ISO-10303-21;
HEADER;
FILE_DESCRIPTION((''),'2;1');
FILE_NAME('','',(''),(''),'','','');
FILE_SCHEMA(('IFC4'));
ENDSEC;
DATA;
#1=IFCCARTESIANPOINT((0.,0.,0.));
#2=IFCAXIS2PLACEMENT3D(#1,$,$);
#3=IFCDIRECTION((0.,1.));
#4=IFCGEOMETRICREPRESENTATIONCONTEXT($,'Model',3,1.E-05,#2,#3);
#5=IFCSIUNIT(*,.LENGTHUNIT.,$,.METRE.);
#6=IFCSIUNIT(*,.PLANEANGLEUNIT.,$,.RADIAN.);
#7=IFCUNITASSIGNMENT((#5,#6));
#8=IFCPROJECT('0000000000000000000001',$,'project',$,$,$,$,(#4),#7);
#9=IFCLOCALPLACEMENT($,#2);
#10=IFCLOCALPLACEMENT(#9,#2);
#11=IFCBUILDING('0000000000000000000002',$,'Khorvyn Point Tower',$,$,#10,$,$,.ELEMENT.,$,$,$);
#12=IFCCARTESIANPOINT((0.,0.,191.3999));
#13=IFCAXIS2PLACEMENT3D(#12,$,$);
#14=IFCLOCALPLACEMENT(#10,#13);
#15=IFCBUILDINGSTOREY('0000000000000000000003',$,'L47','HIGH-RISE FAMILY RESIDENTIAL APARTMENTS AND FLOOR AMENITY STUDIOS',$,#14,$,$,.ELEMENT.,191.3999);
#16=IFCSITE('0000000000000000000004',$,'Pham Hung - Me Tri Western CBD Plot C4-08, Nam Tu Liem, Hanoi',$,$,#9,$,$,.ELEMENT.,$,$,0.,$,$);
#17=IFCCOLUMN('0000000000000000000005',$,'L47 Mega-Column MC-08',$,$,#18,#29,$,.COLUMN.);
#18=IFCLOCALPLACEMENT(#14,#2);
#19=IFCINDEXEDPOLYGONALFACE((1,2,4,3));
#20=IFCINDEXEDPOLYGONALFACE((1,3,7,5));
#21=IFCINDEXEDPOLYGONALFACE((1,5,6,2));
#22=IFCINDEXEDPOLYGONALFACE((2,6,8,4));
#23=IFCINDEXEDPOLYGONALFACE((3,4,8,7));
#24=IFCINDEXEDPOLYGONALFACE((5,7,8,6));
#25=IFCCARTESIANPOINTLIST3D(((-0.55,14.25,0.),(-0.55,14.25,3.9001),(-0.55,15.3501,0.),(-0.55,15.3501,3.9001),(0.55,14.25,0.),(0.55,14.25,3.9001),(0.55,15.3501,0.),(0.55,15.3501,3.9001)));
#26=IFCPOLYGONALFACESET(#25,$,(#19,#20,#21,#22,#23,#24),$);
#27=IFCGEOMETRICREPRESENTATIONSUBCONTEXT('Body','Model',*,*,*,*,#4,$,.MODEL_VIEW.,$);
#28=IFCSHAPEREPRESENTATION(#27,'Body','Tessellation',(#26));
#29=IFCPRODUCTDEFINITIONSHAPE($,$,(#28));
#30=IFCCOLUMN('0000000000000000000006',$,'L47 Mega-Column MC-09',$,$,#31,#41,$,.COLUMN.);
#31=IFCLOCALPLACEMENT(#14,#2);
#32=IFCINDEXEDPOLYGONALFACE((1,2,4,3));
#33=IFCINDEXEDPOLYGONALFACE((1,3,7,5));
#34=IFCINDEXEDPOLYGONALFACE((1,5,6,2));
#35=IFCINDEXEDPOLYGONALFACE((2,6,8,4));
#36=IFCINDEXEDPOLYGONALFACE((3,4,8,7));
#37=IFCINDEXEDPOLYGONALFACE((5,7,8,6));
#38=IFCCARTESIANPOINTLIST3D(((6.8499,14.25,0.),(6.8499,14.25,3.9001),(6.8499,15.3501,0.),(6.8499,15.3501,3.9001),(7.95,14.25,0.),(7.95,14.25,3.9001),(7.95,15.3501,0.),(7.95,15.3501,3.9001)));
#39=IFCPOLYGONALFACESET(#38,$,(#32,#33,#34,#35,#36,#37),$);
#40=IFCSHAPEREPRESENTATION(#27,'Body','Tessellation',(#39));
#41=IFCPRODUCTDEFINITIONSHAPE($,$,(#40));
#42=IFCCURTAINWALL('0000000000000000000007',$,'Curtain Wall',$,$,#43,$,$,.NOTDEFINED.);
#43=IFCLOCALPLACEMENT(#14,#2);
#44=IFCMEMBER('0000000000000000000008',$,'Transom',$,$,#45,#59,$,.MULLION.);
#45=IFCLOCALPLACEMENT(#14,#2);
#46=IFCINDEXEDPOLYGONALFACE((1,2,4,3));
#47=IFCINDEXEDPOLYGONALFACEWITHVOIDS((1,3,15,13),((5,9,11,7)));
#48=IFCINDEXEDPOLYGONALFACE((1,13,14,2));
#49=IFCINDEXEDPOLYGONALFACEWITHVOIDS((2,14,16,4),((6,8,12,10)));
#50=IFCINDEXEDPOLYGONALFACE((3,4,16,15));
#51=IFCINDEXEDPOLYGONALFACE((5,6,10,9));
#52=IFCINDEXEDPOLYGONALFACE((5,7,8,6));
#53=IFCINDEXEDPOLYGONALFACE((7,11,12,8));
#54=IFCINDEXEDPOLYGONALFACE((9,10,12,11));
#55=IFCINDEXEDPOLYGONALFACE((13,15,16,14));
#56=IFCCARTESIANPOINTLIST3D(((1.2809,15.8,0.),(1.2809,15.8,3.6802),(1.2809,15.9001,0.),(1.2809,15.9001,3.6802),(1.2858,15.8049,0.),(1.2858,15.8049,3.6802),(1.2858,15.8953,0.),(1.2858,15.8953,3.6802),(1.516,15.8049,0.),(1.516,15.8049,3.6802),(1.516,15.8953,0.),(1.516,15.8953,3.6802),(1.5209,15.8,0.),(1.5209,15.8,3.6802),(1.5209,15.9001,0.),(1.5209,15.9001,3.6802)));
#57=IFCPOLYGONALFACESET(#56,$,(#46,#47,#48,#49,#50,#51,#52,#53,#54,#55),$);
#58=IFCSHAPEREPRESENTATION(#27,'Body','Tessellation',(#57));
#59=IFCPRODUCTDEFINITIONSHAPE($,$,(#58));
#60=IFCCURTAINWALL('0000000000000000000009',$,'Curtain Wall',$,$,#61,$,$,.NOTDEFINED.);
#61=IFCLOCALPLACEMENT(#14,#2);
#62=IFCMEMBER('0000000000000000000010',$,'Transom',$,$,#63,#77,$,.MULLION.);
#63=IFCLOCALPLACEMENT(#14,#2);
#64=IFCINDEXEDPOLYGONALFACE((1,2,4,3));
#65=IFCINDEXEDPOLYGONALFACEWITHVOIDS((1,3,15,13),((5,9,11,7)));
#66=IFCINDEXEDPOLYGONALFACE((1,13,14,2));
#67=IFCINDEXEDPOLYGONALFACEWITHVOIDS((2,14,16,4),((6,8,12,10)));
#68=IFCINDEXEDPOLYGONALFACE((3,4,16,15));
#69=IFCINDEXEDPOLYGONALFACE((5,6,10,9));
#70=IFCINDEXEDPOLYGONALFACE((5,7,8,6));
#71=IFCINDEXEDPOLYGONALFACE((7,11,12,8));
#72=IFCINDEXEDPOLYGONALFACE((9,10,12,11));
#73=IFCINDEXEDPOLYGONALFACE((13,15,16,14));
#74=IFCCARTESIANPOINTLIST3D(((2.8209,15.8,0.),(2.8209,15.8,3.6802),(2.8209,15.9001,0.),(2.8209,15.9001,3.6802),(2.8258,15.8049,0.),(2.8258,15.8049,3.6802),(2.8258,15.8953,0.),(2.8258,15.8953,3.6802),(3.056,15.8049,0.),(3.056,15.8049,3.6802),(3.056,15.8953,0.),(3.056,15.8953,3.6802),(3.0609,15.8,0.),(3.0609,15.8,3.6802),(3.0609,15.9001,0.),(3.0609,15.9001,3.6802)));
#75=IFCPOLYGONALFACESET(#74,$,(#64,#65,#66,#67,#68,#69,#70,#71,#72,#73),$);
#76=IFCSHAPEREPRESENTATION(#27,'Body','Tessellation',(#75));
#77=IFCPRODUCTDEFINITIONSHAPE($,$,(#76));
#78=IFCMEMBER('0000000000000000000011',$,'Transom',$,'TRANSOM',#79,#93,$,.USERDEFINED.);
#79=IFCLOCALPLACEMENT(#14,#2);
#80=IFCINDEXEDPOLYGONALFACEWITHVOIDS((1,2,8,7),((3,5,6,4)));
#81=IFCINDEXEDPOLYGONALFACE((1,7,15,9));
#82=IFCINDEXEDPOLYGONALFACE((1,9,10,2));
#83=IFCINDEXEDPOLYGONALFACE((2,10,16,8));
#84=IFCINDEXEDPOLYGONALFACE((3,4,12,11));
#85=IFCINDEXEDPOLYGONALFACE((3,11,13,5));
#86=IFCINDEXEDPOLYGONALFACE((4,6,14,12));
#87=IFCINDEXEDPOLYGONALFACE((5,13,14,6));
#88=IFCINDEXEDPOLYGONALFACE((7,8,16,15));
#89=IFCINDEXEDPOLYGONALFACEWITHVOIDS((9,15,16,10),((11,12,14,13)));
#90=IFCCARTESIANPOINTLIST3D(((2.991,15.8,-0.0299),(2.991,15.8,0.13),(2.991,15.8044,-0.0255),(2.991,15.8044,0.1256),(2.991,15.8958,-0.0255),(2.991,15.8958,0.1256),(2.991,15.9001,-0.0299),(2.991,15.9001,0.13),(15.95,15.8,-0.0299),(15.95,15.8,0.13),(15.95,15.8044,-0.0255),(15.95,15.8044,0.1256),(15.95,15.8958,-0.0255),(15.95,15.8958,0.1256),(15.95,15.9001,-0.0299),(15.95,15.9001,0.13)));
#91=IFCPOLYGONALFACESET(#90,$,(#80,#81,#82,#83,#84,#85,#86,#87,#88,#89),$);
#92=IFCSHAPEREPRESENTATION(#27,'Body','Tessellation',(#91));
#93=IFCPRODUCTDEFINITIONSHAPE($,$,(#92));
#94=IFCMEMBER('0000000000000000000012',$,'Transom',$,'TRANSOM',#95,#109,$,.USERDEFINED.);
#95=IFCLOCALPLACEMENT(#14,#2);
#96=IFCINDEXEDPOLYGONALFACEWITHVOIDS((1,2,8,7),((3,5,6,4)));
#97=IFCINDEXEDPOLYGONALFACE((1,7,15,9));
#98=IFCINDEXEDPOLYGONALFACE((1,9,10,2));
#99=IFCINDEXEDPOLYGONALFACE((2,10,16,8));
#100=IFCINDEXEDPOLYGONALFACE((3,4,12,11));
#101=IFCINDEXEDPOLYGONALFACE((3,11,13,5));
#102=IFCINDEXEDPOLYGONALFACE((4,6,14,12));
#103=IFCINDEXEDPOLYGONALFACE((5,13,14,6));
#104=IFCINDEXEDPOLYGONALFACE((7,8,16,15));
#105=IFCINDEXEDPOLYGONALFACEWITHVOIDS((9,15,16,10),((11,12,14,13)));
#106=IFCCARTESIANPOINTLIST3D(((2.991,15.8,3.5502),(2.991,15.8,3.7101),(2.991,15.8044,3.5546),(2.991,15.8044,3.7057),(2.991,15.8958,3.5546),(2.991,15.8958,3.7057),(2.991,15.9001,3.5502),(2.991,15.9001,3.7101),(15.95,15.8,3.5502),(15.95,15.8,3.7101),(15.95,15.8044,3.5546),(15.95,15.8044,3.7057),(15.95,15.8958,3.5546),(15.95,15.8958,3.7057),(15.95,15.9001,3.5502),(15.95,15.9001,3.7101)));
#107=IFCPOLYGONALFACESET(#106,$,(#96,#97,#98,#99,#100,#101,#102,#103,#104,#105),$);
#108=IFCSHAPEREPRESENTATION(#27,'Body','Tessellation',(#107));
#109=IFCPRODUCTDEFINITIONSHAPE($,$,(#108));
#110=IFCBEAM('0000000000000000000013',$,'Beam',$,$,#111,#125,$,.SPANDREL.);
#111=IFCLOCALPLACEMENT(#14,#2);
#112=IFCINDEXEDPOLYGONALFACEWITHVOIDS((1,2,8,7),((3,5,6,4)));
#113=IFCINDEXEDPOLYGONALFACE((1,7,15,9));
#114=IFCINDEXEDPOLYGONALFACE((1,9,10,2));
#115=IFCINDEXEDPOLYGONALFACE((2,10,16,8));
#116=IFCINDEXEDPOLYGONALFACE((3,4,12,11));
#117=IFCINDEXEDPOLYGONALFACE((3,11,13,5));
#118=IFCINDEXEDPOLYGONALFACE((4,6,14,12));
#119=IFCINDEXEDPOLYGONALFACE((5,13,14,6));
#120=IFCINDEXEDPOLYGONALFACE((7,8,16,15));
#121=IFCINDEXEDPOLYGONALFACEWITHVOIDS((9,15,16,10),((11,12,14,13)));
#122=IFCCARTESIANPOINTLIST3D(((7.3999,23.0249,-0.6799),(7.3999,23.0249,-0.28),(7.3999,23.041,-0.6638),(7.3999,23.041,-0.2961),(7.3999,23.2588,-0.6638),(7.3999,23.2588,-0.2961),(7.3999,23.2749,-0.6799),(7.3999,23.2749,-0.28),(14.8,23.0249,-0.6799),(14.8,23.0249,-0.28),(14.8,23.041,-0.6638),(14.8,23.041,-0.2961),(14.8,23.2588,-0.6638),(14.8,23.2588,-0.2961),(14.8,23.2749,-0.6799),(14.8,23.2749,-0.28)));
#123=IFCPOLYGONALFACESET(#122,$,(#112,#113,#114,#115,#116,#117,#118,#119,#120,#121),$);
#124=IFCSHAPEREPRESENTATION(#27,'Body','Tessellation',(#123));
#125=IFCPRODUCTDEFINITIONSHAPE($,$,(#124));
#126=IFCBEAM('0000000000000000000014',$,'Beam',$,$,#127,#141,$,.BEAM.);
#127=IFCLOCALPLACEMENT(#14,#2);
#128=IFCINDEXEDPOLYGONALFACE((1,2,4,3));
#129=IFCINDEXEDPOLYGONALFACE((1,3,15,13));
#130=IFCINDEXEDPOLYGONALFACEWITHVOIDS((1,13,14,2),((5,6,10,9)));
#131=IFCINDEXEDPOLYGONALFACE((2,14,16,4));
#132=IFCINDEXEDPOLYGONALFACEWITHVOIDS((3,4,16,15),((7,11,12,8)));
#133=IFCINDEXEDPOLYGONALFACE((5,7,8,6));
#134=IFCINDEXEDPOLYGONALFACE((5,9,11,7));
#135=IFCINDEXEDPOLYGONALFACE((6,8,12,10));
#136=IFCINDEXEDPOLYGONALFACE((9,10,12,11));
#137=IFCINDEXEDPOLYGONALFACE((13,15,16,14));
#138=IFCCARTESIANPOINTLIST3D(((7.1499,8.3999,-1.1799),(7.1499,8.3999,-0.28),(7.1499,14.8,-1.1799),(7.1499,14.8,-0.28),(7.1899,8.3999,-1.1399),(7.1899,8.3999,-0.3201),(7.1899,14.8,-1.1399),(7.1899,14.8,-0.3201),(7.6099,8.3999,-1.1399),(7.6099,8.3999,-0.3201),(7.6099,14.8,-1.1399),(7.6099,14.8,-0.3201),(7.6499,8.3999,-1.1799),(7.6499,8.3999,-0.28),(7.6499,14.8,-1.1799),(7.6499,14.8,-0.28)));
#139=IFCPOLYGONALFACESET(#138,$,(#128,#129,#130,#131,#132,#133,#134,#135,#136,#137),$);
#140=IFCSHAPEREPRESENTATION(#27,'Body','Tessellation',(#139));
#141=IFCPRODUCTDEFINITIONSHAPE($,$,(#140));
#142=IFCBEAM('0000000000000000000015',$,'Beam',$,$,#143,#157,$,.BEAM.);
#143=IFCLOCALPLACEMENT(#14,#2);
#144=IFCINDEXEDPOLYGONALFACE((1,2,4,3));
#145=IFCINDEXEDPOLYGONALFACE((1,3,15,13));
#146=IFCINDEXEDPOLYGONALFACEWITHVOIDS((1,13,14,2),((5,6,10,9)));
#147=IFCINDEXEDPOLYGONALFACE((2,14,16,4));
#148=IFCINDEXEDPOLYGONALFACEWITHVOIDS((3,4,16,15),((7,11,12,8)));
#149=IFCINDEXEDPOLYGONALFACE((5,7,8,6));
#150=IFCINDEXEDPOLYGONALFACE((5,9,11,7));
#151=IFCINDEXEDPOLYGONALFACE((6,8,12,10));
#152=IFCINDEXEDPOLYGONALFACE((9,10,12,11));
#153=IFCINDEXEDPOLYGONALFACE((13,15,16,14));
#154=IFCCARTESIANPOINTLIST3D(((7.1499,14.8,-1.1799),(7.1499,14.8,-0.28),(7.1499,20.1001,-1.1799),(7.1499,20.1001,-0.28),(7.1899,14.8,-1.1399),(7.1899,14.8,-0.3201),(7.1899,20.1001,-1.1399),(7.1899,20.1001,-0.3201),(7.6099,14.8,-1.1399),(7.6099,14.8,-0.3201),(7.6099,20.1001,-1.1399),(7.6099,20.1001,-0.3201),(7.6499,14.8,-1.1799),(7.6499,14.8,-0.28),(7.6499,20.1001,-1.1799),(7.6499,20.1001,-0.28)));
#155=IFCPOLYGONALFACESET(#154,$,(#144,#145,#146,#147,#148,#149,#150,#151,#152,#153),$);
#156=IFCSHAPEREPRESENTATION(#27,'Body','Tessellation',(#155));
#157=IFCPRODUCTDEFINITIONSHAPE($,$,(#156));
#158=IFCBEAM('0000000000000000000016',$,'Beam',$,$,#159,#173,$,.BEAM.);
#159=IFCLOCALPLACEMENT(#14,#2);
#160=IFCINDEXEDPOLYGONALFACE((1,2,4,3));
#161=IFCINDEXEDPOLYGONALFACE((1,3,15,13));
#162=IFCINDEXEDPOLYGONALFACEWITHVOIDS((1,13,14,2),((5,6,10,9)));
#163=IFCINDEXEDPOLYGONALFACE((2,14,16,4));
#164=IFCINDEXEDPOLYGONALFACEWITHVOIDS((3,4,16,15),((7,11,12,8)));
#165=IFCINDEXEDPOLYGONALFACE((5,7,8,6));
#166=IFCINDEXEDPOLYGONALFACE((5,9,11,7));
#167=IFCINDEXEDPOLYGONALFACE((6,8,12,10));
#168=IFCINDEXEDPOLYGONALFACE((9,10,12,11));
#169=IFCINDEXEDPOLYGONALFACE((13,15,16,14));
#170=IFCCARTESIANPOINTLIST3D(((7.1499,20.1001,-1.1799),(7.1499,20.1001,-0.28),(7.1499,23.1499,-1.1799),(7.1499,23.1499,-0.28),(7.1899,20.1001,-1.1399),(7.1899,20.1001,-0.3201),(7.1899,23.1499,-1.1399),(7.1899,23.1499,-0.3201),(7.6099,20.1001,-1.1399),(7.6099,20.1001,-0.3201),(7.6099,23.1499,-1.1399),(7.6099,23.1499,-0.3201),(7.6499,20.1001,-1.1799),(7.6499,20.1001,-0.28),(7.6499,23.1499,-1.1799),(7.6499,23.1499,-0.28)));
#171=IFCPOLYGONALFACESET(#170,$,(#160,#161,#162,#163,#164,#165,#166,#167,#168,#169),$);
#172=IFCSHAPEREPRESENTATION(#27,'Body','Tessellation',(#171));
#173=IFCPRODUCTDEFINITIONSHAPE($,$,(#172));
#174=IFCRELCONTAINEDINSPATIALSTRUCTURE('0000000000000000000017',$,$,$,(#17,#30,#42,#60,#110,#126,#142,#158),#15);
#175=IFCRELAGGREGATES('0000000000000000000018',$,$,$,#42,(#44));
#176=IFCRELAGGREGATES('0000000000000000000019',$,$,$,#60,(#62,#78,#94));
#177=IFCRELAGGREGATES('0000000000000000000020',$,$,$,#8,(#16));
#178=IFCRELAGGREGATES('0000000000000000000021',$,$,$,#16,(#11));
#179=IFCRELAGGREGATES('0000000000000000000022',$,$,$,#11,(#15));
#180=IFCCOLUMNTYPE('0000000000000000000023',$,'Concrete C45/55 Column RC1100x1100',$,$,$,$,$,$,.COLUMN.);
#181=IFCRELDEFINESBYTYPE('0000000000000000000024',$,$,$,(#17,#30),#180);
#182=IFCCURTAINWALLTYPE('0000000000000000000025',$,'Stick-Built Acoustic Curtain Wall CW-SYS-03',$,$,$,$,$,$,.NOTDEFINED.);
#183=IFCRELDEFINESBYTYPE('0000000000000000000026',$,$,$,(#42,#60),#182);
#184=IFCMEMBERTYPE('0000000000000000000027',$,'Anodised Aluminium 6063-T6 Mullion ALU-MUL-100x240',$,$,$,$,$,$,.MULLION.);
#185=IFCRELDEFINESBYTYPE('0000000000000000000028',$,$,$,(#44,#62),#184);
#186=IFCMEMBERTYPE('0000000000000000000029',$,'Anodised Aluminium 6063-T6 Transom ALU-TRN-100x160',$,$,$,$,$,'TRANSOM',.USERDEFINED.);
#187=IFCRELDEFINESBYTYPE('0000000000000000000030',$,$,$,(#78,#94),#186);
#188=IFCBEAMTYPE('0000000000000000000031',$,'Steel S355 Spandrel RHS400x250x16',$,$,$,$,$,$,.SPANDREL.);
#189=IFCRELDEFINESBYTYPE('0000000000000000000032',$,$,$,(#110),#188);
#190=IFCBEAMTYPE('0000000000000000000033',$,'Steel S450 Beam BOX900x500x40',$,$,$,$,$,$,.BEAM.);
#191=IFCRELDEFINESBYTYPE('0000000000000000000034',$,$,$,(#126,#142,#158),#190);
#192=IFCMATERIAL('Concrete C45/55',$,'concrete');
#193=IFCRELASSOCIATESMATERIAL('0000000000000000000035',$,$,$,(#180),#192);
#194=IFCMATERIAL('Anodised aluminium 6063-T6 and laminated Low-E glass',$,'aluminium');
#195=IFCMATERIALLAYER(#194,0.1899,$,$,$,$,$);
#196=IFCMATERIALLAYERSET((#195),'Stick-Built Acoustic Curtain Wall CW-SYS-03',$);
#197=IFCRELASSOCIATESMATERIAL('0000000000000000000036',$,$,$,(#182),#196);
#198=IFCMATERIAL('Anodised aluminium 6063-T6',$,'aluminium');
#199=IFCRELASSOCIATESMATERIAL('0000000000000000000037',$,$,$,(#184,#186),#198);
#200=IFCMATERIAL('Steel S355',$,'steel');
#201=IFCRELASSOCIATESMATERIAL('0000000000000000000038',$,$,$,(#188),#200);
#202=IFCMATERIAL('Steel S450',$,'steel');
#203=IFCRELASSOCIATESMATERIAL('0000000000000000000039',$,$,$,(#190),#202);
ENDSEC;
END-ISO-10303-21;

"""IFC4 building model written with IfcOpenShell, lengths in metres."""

from ifc_helpers import new_model, si_unit, direction, frame, origin, origin_2d, place, context, subcontext, project, spatial, rectangle, hollow_rectangle, extrude, material, layer, layer_set, material_profile, profile_set, type_object, element, aggregate, save


model = new_model("IFC4")

# Units and contexts
model_context = context("Model", 3, precision=1e-05, world=origin(), true_north=direction((0.0, 1.0)))
body_context = subcontext(model_context, "Body", "Model", "MODEL_VIEW")
ifc_project = project(units=[si_unit("LENGTHUNIT", "METRE"), si_unit("PLANEANGLEUNIT", "RADIAN")], contexts=[model_context])

# Site, building, storey
site_placement = place(None, origin())
site = spatial("IfcSite", under=ifc_project, at=site_placement, Name="Pham Hung - Me Tri Western CBD Plot C4-08, Nam Tu Liem, Hanoi", CompositionType="ELEMENT", RefElevation=0.0)
building_placement = place(site_placement, origin())
building = spatial("IfcBuilding", under=site, at=building_placement, Name="Khorvyn Point Tower", CompositionType="ELEMENT")
storey_placement = place(building_placement, frame((0.0, 0.0, 191.3999)))
storey = spatial("IfcBuildingStorey", under=building, at=storey_placement, Name="L47", Description="HIGH-RISE FAMILY RESIDENTIAL APARTMENTS AND FLOOR AMENITY STUDIOS", CompositionType="ELEMENT", Elevation=191.3999)

# Columns
ifc_material_1 = material(Name="Concrete C45/55", Category="concrete")
ifc_material_profile_1 = material_profile(ifc_material_1, rectangle(XDim=1.1001, YDim=1.1001, at=origin_2d()))
ifc_profile_set_1 = profile_set([ifc_material_profile_1], Name="Concrete C45/55 RC1100x1100")
column_type = type_object("IfcColumnType", Name="Concrete C45/55 Column RC1100x1100", PredefinedType="COLUMN", material=ifc_profile_set_1)
for number, where, z_axis, x_axis, name in (
    (1, (0.0, 14.8, 0.0), (0.0, 0.0, 1.0), (1.0, 0.0, 0.0), "L47 Mega-Column MC-08"),
    (2, (7.3999, 14.8, 0.0), (0.0, 0.0, 1.0), (1.0, 0.0, 0.0), "L47 Mega-Column MC-09"),
):
    element("IfcColumn", number, at=place(storey_placement, frame(where, z_axis=z_axis, x_axis=x_axis)), inside=storey, type_object=column_type, Name=name, PredefinedType="COLUMN", context=body_context, shape_type="SweptSolid", body=[
        extrude(rectangle(XDim=1.1001, YDim=1.1001, at=origin_2d()), origin(), (0.0, 0.0, 1.0), 3.9001),
    ])

# Curtain wall, member
ifc_material_2 = material(Name="Anodised aluminium 6063-T6 and laminated Low-E glass", Category="aluminium")
ifc_layer_1 = layer(ifc_material_2, 0.1899)
ifc_layer_set_1 = layer_set([ifc_layer_1], Name="Stick-Built Acoustic Curtain Wall CW-SYS-03")
curtain_wall_type = type_object("IfcCurtainWallType", Name="Stick-Built Acoustic Curtain Wall CW-SYS-03", PredefinedType="NOTDEFINED", material=ifc_layer_set_1)
curtain_wall_1_placement = place(storey_placement, origin())
curtain_wall_1 = element("IfcCurtainWall", 3, at=curtain_wall_1_placement, inside=storey, type_object=curtain_wall_type, Name="Curtain Wall", PredefinedType="NOTDEFINED")
ifc_material_3 = material(Name="Anodised aluminium 6063-T6", Category="aluminium")
ifc_material_profile_2 = material_profile(ifc_material_3, hollow_rectangle(XDim=0.1001, YDim=0.24, WallThickness=0.0049, at=origin_2d()))
ifc_profile_set_2 = profile_set([ifc_material_profile_2], Name="Anodised aluminium 6063-T6 ALU-MUL-100x240")
member_type_1 = type_object("IfcMemberType", Name="Anodised Aluminium 6063-T6 Mullion ALU-MUL-100x240", PredefinedType="MULLION", material=ifc_profile_set_2)
member_1_placement = place(storey_placement, frame((1.4009, 15.8501, 0.0), z_axis=(0.0, 0.0, 1.0), x_axis=(0.0, 1.0, 0.0)))
member_1 = element("IfcMember", 4, at=member_1_placement, type_object=member_type_1, Name="Transom", PredefinedType="MULLION", context=body_context, shape_type="SweptSolid", body=[
    extrude(hollow_rectangle(XDim=0.1001, YDim=0.24, WallThickness=0.0049, at=origin_2d()), origin(), (0.0, 0.0, 1.0), 3.6802),
])
aggregate(curtain_wall_1, [member_1])

# Curtain wall, members
curtain_wall_2_placement = place(storey_placement, origin())
curtain_wall_2 = element("IfcCurtainWall", 5, at=curtain_wall_2_placement, inside=storey, type_object=curtain_wall_type, Name="Curtain Wall", PredefinedType="NOTDEFINED")
member_2_placement = place(storey_placement, frame((2.9409, 15.8501, 0.0), z_axis=(0.0, 0.0, 1.0), x_axis=(0.0, 1.0, 0.0)))
member_2 = element("IfcMember", 6, at=member_2_placement, type_object=member_type_1, Name="Transom", PredefinedType="MULLION", context=body_context, shape_type="SweptSolid", body=[
    extrude(hollow_rectangle(XDim=0.1001, YDim=0.24, WallThickness=0.0049, at=origin_2d()), origin(), (0.0, 0.0, 1.0), 3.6802),
])
ifc_material_profile_3 = material_profile(ifc_material_3, hollow_rectangle(XDim=0.1001, YDim=0.1599, WallThickness=0.0044, at=origin_2d()))
ifc_profile_set_3 = profile_set([ifc_material_profile_3], Name="Anodised aluminium 6063-T6 ALU-TRN-100x160")
member_type_2 = type_object("IfcMemberType", Name="Anodised Aluminium 6063-T6 Transom ALU-TRN-100x160", ElementType="TRANSOM", PredefinedType="USERDEFINED", material=ifc_profile_set_3)
member_3_placement = place(storey_placement, frame((2.991, 15.8501, 0.05), z_axis=(1.0, 0.0, 0.0), x_axis=(0.0, 1.0, 0.0)))
member_3 = element("IfcMember", 7, at=member_3_placement, type_object=member_type_2, Name="Transom", ObjectType="TRANSOM", PredefinedType="USERDEFINED", context=body_context, shape_type="SweptSolid", body=[
    extrude(hollow_rectangle(XDim=0.1001, YDim=0.1599, WallThickness=0.0044, at=origin_2d()), origin(), (0.0, 0.0, 1.0), 12.959),
])
member_4_placement = place(storey_placement, frame((2.991, 15.8501, 3.6301), z_axis=(1.0, 0.0, 0.0), x_axis=(0.0, 1.0, 0.0)))
member_4 = element("IfcMember", 8, at=member_4_placement, type_object=member_type_2, Name="Transom", ObjectType="TRANSOM", PredefinedType="USERDEFINED", context=body_context, shape_type="SweptSolid", body=[
    extrude(hollow_rectangle(XDim=0.1001, YDim=0.1599, WallThickness=0.0044, at=origin_2d()), origin(), (0.0, 0.0, 1.0), 12.959),
])
aggregate(curtain_wall_2, [member_2, member_3, member_4])

# Beams
ifc_material_4 = material(Name="Steel S355", Category="steel")
ifc_material_profile_4 = material_profile(ifc_material_4, hollow_rectangle(XDim=0.25, YDim=0.3999, WallThickness=0.0161, at=origin_2d()))
ifc_profile_set_4 = profile_set([ifc_material_profile_4], Name="Steel S355 RHS400x250x16")
beam_type_1 = type_object("IfcBeamType", Name="Steel S355 Spandrel RHS400x250x16", PredefinedType="SPANDREL", material=ifc_profile_set_4)
beam_1_placement = place(storey_placement, frame((7.3999, 23.1499, -0.48), z_axis=(1.0, 0.0, 0.0), x_axis=(0.0, 1.0, 0.0)))
element("IfcBeam", 9, at=beam_1_placement, inside=storey, type_object=beam_type_1, Name="Beam", PredefinedType="SPANDREL", context=body_context, shape_type="SweptSolid", body=[
    extrude(hollow_rectangle(XDim=0.25, YDim=0.3999, WallThickness=0.0161, at=origin_2d()), origin(), (0.0, 0.0, 1.0), 7.4001),
])
ifc_material_5 = material(Name="Steel S450", Category="steel")
ifc_material_profile_5 = material_profile(ifc_material_5, hollow_rectangle(XDim=0.5, YDim=0.8999, WallThickness=0.04, at=origin_2d()))
ifc_profile_set_5 = profile_set([ifc_material_profile_5], Name="Steel S450 BOX900x500x40")
beam_type_2 = type_object("IfcBeamType", Name="Steel S450 Beam BOX900x500x40", PredefinedType="BEAM", material=ifc_profile_set_5)
beam_2_placement = place(storey_placement, frame((7.3999, 8.3999, -0.73), z_axis=(0.0, 1.0, 0.0), x_axis=(-1.0, 0.0, 0.0)))
element("IfcBeam", 10, at=beam_2_placement, inside=storey, type_object=beam_type_2, Name="Beam", PredefinedType="BEAM", context=body_context, shape_type="SweptSolid", body=[
    extrude(hollow_rectangle(XDim=0.5, YDim=0.8999, WallThickness=0.04, at=origin_2d()), origin(), (0.0, 0.0, 1.0), 6.4001),
])
beam_3_placement = place(storey_placement, frame((7.3999, 14.8, -0.73), z_axis=(0.0, 1.0, 0.0), x_axis=(-1.0, 0.0, 0.0)))
element("IfcBeam", 11, at=beam_3_placement, inside=storey, type_object=beam_type_2, Name="Beam", PredefinedType="BEAM", context=body_context, shape_type="SweptSolid", body=[
    extrude(hollow_rectangle(XDim=0.5, YDim=0.8999, WallThickness=0.04, at=origin_2d()), origin(), (0.0, 0.0, 1.0), 5.3),
])
beam_4_placement = place(storey_placement, frame((7.3999, 20.1001, -0.73), z_axis=(0.0, 1.0, 0.0), x_axis=(-1.0, 0.0, 0.0)))
element("IfcBeam", 12, at=beam_4_placement, inside=storey, type_object=beam_type_2, Name="Beam", PredefinedType="BEAM", context=body_context, shape_type="SweptSolid", body=[
    extrude(hollow_rectangle(XDim=0.5, YDim=0.8999, WallThickness=0.04, at=origin_2d()), origin(), (0.0, 0.0, 1.0), 3.0498),
])

save(model, "model.ifc")
